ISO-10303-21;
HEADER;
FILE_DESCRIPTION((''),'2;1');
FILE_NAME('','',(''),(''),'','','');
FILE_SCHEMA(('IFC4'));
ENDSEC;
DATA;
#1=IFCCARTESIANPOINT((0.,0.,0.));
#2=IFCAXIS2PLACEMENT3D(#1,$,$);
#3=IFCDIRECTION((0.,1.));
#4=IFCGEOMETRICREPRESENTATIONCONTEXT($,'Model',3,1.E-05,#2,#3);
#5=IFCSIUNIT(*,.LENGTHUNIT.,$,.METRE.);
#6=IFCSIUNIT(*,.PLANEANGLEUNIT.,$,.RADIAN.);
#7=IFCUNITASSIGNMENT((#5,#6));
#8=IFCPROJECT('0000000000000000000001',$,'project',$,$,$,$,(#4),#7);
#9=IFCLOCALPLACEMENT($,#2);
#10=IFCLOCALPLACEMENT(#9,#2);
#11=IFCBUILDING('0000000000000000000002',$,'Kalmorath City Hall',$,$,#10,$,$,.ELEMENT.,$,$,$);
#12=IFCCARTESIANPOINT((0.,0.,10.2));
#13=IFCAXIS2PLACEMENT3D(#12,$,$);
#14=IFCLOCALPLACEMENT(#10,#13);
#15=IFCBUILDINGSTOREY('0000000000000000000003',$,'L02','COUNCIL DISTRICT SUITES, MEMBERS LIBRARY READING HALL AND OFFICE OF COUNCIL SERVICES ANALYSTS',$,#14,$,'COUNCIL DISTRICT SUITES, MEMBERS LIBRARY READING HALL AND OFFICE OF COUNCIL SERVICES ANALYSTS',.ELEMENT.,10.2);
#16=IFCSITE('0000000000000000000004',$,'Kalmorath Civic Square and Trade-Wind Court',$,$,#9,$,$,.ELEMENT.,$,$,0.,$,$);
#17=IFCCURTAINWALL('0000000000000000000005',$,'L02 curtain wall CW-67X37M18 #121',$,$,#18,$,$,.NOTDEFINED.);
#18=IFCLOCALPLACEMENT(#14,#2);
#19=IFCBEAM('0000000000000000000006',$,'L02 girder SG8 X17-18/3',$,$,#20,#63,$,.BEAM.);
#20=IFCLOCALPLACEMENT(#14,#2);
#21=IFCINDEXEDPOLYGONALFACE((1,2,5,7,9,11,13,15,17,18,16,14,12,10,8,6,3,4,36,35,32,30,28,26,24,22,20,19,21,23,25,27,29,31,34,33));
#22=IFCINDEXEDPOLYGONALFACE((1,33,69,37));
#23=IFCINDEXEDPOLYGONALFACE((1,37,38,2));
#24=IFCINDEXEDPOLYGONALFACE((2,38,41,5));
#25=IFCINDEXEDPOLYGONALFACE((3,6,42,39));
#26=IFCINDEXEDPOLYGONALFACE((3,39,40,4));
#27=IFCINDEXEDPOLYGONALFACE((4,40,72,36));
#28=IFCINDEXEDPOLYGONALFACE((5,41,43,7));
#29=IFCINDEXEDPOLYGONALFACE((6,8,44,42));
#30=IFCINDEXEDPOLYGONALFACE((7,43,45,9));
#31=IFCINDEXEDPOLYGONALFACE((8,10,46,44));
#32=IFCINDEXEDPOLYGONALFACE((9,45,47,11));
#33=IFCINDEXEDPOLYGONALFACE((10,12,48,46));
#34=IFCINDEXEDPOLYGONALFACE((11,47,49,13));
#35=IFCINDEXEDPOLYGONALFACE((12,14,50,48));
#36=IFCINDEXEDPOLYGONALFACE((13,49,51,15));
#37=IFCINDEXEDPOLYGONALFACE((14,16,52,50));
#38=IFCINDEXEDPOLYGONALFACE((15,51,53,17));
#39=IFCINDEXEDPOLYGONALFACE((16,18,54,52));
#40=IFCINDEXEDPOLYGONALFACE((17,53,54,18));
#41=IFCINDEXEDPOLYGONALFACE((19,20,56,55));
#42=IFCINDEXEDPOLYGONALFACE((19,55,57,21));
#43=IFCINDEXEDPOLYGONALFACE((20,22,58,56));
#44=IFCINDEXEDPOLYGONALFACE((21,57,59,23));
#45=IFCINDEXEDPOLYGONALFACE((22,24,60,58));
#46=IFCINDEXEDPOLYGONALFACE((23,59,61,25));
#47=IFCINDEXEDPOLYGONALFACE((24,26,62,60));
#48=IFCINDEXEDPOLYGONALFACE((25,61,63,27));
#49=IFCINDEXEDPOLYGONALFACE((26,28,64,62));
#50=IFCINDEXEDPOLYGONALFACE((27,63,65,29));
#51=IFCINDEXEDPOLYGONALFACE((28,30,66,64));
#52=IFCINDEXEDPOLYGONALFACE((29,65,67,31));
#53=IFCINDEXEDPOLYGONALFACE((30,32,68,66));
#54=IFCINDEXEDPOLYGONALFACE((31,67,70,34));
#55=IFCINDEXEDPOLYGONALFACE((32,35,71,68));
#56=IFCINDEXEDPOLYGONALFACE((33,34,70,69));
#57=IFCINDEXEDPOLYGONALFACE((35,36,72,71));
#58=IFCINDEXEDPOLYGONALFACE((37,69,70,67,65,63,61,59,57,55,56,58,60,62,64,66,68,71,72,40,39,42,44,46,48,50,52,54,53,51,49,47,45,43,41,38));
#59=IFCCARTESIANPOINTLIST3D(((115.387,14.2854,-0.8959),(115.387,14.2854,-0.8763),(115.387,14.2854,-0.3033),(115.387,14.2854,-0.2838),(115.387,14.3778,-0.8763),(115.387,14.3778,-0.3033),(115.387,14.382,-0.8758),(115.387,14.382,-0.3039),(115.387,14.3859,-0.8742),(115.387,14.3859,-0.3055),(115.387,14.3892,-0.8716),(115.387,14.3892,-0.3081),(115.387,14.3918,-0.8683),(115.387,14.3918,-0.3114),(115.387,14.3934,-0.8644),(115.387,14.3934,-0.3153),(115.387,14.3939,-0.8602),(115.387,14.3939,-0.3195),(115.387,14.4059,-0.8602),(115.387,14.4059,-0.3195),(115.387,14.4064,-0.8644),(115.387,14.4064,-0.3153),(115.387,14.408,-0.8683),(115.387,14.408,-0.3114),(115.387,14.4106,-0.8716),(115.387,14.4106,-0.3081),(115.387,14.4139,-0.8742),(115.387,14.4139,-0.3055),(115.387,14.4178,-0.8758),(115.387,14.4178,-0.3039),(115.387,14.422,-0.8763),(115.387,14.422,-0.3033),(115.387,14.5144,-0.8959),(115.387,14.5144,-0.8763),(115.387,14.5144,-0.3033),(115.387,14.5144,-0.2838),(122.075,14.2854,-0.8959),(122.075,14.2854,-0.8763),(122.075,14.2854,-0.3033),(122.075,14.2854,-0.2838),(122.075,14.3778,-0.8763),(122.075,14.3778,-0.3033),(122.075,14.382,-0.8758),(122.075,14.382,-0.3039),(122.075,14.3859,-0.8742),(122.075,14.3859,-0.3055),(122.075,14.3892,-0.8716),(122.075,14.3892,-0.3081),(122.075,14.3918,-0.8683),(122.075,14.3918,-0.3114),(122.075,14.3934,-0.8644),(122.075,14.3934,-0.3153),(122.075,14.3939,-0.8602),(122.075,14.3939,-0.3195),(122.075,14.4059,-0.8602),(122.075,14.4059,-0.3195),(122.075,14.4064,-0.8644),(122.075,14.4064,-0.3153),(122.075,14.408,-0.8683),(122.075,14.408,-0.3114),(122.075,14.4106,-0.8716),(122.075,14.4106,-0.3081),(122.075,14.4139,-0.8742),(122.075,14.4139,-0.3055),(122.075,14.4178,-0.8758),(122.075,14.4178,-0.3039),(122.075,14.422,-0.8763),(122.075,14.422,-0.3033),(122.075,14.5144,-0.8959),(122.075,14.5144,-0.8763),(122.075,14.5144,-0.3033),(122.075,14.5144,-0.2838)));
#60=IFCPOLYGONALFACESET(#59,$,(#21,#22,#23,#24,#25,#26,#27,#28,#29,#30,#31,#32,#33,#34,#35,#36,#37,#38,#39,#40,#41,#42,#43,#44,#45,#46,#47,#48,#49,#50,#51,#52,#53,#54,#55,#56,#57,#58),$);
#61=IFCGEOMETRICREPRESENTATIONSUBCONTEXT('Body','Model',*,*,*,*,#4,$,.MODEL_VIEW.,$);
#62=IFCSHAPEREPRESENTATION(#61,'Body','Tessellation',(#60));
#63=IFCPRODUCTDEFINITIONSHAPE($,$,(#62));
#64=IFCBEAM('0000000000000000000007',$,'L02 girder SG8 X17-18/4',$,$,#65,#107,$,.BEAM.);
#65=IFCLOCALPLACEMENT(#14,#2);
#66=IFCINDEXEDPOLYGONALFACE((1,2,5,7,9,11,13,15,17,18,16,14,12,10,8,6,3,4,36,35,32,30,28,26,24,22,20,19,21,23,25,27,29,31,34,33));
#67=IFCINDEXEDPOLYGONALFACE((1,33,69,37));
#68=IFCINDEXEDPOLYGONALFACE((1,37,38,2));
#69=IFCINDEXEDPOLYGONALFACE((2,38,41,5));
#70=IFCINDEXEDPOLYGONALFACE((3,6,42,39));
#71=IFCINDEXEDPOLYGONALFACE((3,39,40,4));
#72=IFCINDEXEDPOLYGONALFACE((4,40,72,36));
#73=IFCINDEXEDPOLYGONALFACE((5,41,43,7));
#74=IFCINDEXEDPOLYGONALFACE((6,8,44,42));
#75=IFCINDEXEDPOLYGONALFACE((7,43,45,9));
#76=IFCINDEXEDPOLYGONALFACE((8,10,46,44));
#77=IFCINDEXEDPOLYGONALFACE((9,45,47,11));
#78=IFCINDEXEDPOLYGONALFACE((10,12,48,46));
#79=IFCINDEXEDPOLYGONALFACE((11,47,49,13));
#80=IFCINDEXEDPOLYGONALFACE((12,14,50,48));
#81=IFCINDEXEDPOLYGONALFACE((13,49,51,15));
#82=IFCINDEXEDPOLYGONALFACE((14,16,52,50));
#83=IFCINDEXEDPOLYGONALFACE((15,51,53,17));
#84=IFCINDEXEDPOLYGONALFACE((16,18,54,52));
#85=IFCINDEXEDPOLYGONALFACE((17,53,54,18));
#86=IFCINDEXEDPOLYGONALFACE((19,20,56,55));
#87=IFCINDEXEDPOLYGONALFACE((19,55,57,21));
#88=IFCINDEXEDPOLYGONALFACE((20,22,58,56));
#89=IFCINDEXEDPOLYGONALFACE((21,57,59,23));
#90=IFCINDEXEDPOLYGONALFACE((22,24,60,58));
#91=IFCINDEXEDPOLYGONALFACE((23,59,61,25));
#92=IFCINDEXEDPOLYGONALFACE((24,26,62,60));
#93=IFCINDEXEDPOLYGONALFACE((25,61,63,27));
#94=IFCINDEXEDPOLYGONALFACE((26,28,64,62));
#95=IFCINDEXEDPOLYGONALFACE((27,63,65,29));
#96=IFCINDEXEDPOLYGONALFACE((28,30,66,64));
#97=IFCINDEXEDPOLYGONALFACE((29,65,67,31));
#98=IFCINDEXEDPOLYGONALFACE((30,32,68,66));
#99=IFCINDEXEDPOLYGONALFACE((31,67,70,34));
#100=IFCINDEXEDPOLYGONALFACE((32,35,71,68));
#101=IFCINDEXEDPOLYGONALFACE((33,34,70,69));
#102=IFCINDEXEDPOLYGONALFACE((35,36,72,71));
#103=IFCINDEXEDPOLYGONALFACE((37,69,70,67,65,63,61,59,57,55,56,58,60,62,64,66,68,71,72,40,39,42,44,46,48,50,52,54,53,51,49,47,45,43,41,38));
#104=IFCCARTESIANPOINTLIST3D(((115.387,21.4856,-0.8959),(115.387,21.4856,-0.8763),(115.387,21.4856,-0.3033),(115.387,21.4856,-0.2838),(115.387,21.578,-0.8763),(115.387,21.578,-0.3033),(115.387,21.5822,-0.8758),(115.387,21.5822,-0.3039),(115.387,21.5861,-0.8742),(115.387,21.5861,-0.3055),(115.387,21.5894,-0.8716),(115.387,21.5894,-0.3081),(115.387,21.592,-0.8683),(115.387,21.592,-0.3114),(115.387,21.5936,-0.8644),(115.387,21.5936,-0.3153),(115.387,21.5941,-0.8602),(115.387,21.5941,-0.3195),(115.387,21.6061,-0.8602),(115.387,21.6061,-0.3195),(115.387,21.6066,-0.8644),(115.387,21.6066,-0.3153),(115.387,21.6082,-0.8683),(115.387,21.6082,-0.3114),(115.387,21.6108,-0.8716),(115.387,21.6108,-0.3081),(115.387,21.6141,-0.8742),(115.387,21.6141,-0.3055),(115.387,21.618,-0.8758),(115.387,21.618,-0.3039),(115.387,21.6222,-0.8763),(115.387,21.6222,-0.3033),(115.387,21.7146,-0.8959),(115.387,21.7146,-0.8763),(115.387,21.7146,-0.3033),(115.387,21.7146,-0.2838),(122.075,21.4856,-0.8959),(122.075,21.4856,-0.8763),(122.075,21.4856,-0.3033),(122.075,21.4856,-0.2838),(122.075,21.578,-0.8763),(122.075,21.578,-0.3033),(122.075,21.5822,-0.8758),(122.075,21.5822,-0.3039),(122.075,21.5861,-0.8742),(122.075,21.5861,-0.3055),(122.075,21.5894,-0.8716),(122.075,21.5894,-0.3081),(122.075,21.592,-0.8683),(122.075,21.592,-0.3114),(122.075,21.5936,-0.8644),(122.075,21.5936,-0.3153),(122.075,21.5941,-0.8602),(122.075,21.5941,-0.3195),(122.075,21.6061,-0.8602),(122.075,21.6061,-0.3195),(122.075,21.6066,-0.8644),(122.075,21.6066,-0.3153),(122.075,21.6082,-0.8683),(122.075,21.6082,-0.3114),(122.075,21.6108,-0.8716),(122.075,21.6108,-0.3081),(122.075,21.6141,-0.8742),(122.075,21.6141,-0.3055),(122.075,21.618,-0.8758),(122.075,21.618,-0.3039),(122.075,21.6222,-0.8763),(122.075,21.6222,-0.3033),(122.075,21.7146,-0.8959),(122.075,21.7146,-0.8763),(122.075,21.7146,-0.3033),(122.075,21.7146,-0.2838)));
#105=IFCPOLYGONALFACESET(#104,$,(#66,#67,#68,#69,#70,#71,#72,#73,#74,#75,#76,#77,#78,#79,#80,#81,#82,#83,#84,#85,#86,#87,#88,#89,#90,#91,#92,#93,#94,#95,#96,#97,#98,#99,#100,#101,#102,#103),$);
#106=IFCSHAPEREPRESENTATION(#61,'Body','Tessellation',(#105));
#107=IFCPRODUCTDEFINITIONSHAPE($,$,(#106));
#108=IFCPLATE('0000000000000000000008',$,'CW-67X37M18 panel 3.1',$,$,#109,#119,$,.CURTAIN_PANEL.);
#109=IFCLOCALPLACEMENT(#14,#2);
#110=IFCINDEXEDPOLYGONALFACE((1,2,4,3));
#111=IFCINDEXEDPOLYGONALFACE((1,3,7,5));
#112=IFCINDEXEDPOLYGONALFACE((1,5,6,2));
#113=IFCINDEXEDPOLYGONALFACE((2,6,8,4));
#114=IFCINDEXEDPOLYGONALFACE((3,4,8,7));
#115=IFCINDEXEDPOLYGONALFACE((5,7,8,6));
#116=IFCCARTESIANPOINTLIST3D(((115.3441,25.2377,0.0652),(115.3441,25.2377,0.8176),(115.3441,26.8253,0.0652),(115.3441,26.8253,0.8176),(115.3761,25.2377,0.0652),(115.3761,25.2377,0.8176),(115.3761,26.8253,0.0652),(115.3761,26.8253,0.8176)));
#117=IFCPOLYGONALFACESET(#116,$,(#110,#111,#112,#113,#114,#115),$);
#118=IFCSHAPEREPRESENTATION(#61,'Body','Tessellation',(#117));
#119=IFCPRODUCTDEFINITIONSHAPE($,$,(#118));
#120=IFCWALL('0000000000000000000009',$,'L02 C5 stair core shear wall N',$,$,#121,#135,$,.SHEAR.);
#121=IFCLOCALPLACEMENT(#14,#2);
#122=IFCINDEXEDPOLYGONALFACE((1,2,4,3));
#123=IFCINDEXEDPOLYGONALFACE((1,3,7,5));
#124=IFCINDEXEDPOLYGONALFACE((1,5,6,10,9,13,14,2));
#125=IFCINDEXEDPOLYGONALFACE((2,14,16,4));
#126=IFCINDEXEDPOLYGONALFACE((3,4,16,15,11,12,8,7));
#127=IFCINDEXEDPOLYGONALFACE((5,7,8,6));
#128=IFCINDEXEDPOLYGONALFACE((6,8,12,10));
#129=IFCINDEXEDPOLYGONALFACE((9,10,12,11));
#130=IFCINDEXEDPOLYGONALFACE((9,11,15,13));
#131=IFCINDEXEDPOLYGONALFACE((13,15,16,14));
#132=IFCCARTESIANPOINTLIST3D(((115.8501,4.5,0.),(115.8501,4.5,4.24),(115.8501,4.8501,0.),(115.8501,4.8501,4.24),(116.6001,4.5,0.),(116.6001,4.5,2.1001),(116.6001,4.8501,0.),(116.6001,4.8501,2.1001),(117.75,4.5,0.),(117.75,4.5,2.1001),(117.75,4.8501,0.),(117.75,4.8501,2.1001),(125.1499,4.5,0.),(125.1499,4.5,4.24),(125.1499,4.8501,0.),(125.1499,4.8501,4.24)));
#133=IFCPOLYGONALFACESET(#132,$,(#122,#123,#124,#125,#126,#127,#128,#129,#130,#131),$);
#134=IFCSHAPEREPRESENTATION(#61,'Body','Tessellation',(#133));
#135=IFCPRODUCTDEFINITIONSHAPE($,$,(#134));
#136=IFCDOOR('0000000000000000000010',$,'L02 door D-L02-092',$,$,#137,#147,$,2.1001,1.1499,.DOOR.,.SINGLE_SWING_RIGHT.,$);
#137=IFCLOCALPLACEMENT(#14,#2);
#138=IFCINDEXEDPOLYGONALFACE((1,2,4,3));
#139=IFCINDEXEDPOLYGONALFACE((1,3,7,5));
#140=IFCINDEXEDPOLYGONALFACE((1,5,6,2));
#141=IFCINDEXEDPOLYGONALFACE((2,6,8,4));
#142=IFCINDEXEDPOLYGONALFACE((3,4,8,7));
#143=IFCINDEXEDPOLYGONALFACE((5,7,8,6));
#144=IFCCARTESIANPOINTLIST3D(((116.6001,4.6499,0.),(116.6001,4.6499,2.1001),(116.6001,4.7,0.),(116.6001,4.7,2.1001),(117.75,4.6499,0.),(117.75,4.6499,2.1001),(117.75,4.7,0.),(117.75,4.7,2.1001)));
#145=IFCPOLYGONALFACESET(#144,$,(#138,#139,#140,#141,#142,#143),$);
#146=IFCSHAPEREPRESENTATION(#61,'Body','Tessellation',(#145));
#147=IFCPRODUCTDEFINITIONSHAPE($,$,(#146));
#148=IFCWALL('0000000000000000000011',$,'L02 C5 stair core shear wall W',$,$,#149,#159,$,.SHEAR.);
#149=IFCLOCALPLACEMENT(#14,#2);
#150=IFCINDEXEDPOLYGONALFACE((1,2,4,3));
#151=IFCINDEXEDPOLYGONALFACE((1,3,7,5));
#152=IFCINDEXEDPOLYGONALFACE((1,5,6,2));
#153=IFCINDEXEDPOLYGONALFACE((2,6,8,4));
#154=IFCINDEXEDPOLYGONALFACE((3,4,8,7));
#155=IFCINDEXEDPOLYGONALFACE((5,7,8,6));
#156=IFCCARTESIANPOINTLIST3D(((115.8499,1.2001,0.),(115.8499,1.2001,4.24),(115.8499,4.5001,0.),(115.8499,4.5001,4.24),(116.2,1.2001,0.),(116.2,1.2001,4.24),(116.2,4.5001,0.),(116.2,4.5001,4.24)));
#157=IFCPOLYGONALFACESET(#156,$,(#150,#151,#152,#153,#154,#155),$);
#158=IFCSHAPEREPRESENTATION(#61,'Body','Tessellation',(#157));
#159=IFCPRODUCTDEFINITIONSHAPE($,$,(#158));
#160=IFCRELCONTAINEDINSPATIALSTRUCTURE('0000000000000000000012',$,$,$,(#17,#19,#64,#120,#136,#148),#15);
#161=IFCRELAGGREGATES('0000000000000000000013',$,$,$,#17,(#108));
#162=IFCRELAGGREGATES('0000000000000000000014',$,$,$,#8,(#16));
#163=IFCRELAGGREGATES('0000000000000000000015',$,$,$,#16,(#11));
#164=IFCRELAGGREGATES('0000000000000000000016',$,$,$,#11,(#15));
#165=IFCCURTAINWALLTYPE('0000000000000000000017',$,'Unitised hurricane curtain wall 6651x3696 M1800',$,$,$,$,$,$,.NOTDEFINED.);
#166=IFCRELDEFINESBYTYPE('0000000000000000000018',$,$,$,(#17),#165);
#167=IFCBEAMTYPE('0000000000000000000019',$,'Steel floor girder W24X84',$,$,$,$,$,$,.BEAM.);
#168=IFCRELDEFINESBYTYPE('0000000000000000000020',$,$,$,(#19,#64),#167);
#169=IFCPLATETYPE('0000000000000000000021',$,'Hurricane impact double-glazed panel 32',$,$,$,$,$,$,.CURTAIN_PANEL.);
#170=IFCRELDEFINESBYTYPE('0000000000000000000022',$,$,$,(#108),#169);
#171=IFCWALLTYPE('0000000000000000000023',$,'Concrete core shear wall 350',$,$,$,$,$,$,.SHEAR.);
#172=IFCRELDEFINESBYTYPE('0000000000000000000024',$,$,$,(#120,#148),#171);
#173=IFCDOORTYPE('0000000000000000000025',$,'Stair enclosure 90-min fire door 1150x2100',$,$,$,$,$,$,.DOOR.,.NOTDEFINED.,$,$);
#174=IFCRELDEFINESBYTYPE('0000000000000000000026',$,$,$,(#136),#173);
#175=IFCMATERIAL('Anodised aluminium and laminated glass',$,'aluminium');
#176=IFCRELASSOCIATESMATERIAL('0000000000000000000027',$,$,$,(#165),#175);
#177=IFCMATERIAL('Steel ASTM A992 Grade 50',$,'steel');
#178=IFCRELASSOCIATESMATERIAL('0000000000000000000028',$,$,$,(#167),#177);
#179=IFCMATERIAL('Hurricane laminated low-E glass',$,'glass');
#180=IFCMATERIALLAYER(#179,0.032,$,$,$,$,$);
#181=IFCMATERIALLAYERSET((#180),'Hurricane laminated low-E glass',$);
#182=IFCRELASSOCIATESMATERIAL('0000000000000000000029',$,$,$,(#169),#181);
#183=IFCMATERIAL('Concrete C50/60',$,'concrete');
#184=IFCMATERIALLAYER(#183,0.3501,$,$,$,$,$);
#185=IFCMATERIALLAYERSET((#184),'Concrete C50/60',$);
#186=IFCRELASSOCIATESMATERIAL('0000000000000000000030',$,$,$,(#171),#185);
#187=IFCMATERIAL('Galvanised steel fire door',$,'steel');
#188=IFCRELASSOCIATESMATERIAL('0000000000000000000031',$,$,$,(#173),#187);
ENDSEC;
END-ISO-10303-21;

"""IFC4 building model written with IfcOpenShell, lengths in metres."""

from ifc_helpers import new_model, si_unit, direction, frame, frame_2d, origin, origin_2d, place, context, subcontext, project, spatial, rectangle, i_section, extrude, material, layer, layer_set, material_profile, profile_set, type_object, element, fill, aggregate, save


model = new_model("IFC4")

# Units and contexts
model_context = context("Model", 3, precision=1e-05, world=origin(), true_north=direction((0.0, 1.0)))
body_context = subcontext(model_context, "Body", "Model", "MODEL_VIEW")
ifc_project = project(units=[si_unit("LENGTHUNIT", "METRE"), si_unit("PLANEANGLEUNIT", "RADIAN")], contexts=[model_context])

# Site, building, storey
site_placement = place(None, origin())
site = spatial("IfcSite", under=ifc_project, at=site_placement, Name="Kalmorath Civic Square and Trade-Wind Court", CompositionType="ELEMENT", RefElevation=0.0)
building_placement = place(site_placement, origin())
building = spatial("IfcBuilding", under=site, at=building_placement, Name="Kalmorath City Hall", CompositionType="ELEMENT")
storey_placement = place(building_placement, frame((0.0, 0.0, 10.2)))
storey = spatial("IfcBuildingStorey", under=building, at=storey_placement, Name="L02", Description="COUNCIL DISTRICT SUITES, MEMBERS LIBRARY READING HALL AND OFFICE OF COUNCIL SERVICES ANALYSTS", LongName="COUNCIL DISTRICT SUITES, MEMBERS LIBRARY READING HALL AND OFFICE OF COUNCIL SERVICES ANALYSTS", CompositionType="ELEMENT", Elevation=10.2)

# Curtain wall
ifc_material_1 = material(Name="Anodised aluminium and laminated glass", Category="aluminium")
curtain_wall_type = type_object("IfcCurtainWallType", Name="Unitised hurricane curtain wall 6651x3696 M1800", PredefinedType="NOTDEFINED", material=ifc_material_1)
curtain_wall_placement = place(storey_placement, origin())
curtain_wall = element("IfcCurtainWall", 1, at=curtain_wall_placement, inside=storey, type_object=curtain_wall_type, Name="L02 curtain wall CW-67X37M18 #121", PredefinedType="NOTDEFINED")

# Beams
ifc_material_2 = material(Name="Steel ASTM A992 Grade 50", Category="steel")
ifc_material_profile_1 = material_profile(ifc_material_2, i_section(OverallWidth=0.229, OverallDepth=0.6121, WebThickness=0.012, FlangeThickness=0.0195, FilletRadius=0.0161, at=origin_2d()), Name="W24X84")
ifc_profile_set_1 = profile_set([ifc_material_profile_1], Name="Steel ASTM A992 Grade 50")
beam_type = type_object("IfcBeamType", Name="Steel floor girder W24X84", PredefinedType="BEAM", material=ifc_profile_set_1)
for number, where, z_axis, x_axis, name in (
    (2, (115.387, 14.3999, -0.5898), (1.0, 0.0, 0.0), (0.0, 1.0, 0.0), "L02 girder SG8 X17-18/3"),
    (3, (115.387, 21.6001, -0.5898), (1.0, 0.0, 0.0), (0.0, 1.0, 0.0), "L02 girder SG8 X17-18/4"),
):
    element("IfcBeam", number, at=place(storey_placement, frame(where, z_axis=z_axis, x_axis=x_axis)), inside=storey, type_object=beam_type, Name=name, PredefinedType="BEAM", context=body_context, shape_type="SweptSolid", body=[
        extrude(i_section(OverallWidth=0.229, OverallDepth=0.6121, WebThickness=0.012, FlangeThickness=0.0195, FilletRadius=0.0161, at=origin_2d()), origin(), (0.0, 0.0, 1.0), 6.688),
    ])

# Plate
ifc_material_3 = material(Name="Hurricane laminated low-E glass", Category="glass")
ifc_layer_1 = layer(ifc_material_3, 0.032)
ifc_layer_set_1 = layer_set([ifc_layer_1], Name="Hurricane laminated low-E glass")
plate_type = type_object("IfcPlateType", Name="Hurricane impact double-glazed panel 32", PredefinedType="CURTAIN_PANEL", material=ifc_layer_set_1)
plate_placement = place(storey_placement, frame((115.3601, 26.0315, 0.0652), z_axis=(0.0, 0.0, 1.0), x_axis=(0.0, 1.0, 0.0)))
plate = element("IfcPlate", 4, at=plate_placement, type_object=plate_type, Name="CW-67X37M18 panel 3.1", PredefinedType="CURTAIN_PANEL", context=body_context, shape_type="SweptSolid", body=[
    extrude(rectangle(XDim=1.5876, YDim=0.032, at=origin_2d()), origin(), (0.0, 0.0, 1.0), 0.7524),
])
aggregate(curtain_wall, [plate])

# Wall, opening, door
ifc_material_4 = material(Name="Concrete C50/60", Category="concrete")
ifc_layer_2 = layer(ifc_material_4, 0.3501)
ifc_layer_set_2 = layer_set([ifc_layer_2], Name="Concrete C50/60")
wall_type_1 = type_object("IfcWallType", Name="Concrete core shear wall 350", PredefinedType="SHEAR", material=ifc_layer_set_2)
wall_1_placement = place(storey_placement, frame((125.1499, 4.675, 0.0), z_axis=(0.0, 0.0, 1.0), x_axis=(-1.0, 0.0, 0.0)))
wall_1 = element("IfcWall", 5, at=wall_1_placement, inside=storey, type_object=wall_type_1, Name="L02 C5 stair core shear wall N", PredefinedType="SHEAR", context=body_context, shape_type="SweptSolid", body=[
    extrude(rectangle(XDim=9.2998, YDim=0.3501, at=frame_2d((4.6499, 0.0))), origin(), (0.0, 0.0, 1.0), 4.24),
])
opening_1_placement = place(wall_1_placement, frame((7.3999, 0.0, 0.0)))
opening_1 = element("IfcOpeningElement", 6, at=opening_1_placement, cuts=wall_1, PredefinedType="OPENING", context=body_context, shape_type="SweptSolid", body=[
    extrude(rectangle(XDim=1.1499, YDim=2.1001, at=frame_2d((0.575, 1.05))), frame((0.0, 0.1851, 0.0), z_axis=(0.0, -1.0, 0.0), x_axis=(1.0, 0.0, 0.0)), (0.0, 0.0, 1.0), 0.3701),
])
ifc_material_5 = material(Name="Galvanised steel fire door", Category="steel")
door_type_1 = type_object("IfcDoorType", Name="Stair enclosure 90-min fire door 1150x2100", OperationType="NOTDEFINED", PredefinedType="DOOR", material=ifc_material_5)
door_1_placement = place(opening_1_placement, frame((1.1499, 0.0, 0.0), z_axis=(0.0, 0.0, 1.0), x_axis=(-1.0, 0.0, 0.0)))
door_1 = element("IfcDoor", 7, at=door_1_placement, inside=storey, type_object=door_type_1, Name="L02 door D-L02-092", OperationType="SINGLE_SWING_RIGHT", OverallHeight=2.1001, OverallWidth=1.1499, PredefinedType="DOOR", context=body_context, shape_type="SweptSolid", body=[
    extrude(rectangle(XDim=1.1499, YDim=2.1001, at=frame_2d((0.575, 1.05))), frame((0.0, 0.0249, 0.0), z_axis=(0.0, -1.0, 0.0), x_axis=(1.0, 0.0, 0.0)), (0.0, 0.0, 1.0), 0.05),
])
fill(opening_1, door_1)

# Wall
wall_2_placement = place(storey_placement, frame((116.0249, 4.5, 0.0), z_axis=(0.0, 0.0, 1.0), x_axis=(0.0, -1.0, 0.0)))
element("IfcWall", 8, at=wall_2_placement, inside=storey, type_object=wall_type_1, Name="L02 C5 stair core shear wall W", PredefinedType="SHEAR", context=body_context, shape_type="SweptSolid", body=[
    extrude(rectangle(XDim=3.3, YDim=0.3501, at=frame_2d((1.6499, 0.0))), origin(), (0.0, 0.0, 1.0), 4.24),
])

save(model, "model.ifc")
